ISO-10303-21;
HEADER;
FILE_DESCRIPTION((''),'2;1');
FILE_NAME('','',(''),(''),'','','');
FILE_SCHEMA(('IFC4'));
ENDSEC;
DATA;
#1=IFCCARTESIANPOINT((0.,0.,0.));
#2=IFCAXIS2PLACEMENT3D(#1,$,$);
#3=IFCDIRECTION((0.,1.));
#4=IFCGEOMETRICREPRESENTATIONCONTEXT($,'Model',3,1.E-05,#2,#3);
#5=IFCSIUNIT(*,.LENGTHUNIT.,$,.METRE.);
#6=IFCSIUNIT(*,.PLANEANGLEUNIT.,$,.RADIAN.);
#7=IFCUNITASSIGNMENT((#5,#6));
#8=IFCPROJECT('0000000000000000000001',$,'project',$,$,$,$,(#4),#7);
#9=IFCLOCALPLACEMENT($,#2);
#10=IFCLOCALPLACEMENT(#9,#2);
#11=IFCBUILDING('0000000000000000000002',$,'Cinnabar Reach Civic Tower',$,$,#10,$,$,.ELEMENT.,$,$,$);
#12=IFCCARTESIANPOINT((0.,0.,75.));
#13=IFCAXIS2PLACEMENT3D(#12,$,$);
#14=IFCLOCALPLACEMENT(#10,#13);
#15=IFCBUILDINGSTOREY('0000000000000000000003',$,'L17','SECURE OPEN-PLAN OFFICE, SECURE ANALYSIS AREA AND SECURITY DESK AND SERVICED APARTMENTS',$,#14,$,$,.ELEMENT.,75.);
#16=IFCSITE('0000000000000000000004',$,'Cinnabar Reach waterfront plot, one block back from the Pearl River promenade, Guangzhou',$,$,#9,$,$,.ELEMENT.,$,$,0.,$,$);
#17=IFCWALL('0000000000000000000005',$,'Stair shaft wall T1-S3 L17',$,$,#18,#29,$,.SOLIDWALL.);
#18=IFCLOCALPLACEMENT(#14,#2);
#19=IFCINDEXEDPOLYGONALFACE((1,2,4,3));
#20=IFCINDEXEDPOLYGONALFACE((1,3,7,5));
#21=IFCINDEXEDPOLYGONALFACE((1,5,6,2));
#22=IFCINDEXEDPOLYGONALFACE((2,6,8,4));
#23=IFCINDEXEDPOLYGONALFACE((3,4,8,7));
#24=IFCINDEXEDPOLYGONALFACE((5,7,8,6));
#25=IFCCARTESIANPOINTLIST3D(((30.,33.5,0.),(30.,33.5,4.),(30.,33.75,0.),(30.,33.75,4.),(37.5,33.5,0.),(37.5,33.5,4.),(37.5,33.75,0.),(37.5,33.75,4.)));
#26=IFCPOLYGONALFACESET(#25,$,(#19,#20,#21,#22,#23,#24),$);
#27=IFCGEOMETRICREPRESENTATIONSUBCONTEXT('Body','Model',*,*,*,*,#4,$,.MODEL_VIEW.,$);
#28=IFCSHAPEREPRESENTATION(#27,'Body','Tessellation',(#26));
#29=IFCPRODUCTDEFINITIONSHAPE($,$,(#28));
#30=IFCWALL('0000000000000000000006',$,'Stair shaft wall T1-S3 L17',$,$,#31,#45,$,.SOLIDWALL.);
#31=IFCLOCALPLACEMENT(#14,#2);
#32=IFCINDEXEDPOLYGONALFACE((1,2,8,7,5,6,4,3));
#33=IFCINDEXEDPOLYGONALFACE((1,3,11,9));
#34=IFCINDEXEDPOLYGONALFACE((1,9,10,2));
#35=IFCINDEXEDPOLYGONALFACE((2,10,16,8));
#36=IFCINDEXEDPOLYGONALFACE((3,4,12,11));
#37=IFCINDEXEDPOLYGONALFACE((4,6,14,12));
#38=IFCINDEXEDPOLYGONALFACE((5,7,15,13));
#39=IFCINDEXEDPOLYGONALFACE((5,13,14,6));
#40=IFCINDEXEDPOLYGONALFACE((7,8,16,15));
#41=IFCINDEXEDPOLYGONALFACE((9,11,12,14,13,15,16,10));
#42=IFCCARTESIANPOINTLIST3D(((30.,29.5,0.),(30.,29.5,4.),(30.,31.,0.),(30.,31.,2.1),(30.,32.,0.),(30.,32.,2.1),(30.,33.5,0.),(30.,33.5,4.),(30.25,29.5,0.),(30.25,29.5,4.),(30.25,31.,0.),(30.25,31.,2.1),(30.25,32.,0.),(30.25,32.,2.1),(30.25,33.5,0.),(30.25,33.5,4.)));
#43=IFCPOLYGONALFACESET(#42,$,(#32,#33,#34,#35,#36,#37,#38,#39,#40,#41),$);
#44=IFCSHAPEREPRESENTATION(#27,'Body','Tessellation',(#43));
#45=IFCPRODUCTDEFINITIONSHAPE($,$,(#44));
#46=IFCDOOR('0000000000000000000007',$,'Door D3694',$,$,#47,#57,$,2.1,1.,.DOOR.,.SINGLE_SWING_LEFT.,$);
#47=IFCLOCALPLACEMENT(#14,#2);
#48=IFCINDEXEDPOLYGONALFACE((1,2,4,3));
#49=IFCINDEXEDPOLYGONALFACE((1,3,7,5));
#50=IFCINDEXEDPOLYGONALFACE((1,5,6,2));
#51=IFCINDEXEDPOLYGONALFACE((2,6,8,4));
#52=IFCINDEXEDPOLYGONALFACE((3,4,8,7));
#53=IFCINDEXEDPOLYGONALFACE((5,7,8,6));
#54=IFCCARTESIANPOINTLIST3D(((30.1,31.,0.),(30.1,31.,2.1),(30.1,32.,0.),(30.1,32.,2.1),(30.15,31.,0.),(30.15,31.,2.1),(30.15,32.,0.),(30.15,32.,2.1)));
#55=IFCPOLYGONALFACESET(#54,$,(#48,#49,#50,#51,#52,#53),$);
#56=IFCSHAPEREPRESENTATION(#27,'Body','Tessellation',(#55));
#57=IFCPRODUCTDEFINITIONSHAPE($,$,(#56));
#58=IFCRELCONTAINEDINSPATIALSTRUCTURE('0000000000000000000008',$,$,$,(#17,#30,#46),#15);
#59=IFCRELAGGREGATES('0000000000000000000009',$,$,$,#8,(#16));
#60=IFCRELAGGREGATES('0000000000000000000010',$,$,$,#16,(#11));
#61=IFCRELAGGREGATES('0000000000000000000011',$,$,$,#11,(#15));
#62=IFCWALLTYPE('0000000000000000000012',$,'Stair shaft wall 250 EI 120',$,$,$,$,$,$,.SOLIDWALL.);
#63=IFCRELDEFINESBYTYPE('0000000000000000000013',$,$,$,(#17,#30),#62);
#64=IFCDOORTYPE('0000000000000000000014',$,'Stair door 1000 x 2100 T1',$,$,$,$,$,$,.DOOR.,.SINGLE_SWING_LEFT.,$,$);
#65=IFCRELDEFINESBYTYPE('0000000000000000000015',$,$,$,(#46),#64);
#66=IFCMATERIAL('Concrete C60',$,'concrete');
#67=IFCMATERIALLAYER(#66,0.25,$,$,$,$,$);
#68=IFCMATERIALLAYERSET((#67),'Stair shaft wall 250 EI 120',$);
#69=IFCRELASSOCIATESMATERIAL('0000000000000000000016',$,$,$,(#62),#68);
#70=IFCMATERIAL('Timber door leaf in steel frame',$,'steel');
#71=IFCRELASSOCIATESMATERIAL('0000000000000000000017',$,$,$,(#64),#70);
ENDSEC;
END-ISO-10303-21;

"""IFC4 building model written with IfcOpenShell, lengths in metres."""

from ifc_helpers import new_model, si_unit, direction, frame, frame_2d, origin, place, context, subcontext, project, spatial, rectangle, extrude, material, layer, layer_set, type_object, element, fill, save


model = new_model("IFC4")

# Units and contexts
model_context = context("Model", 3, precision=1e-05, world=origin(), true_north=direction((0.0, 1.0)))
body_context = subcontext(model_context, "Body", "Model", "MODEL_VIEW")
ifc_project = project(units=[si_unit("LENGTHUNIT", "METRE"), si_unit("PLANEANGLEUNIT", "RADIAN")], contexts=[model_context])

# Site, building, storey
site_placement = place(None, origin())
site = spatial("IfcSite", under=ifc_project, at=site_placement, Name="Cinnabar Reach waterfront plot, one block back from the Pearl River promenade, Guangzhou", CompositionType="ELEMENT", RefElevation=0.0)
building_placement = place(site_placement, origin())
building = spatial("IfcBuilding", under=site, at=building_placement, Name="Cinnabar Reach Civic Tower", CompositionType="ELEMENT")
storey_placement = place(building_placement, frame((0.0, 0.0, 75.0)))
storey = spatial("IfcBuildingStorey", under=building, at=storey_placement, Name="L17", Description="SECURE OPEN-PLAN OFFICE, SECURE ANALYSIS AREA AND SECURITY DESK AND SERVICED APARTMENTS", CompositionType="ELEMENT", Elevation=75.0)

# Shared definitions
ifc_material_1 = material(Name="Timber door leaf in steel frame", Category="steel")

# Wall
ifc_material_2 = material(Name="Concrete C60", Category="concrete")
ifc_layer_1 = layer(ifc_material_2, 0.25)
ifc_layer_set_1 = layer_set([ifc_layer_1], Name="Stair shaft wall 250 EI 120")
wall_type_1 = type_object("IfcWallType", Name="Stair shaft wall 250 EI 120", PredefinedType="SOLIDWALL", material=ifc_layer_set_1)
wall_1_placement = place(storey_placement, frame((37.5, 33.625, 0.0), z_axis=(0.0, 0.0, 1.0), x_axis=(-1.0, 0.0, 0.0)))
element("IfcWall", 1, at=wall_1_placement, inside=storey, type_object=wall_type_1, Name="Stair shaft wall T1-S3 L17", PredefinedType="SOLIDWALL", context=body_context, shape_type="SweptSolid", body=[
    extrude(rectangle(XDim=7.5, YDim=0.25, at=frame_2d((3.75, 0.0))), origin(), (0.0, 0.0, 1.0), 4.0),
])

# Wall, opening, door
wall_2_placement = place(storey_placement, frame((30.125, 33.5, 0.0), z_axis=(0.0, 0.0, 1.0), x_axis=(0.0, -1.0, 0.0)))
wall_2 = element("IfcWall", 2, at=wall_2_placement, inside=storey, type_object=wall_type_1, Name="Stair shaft wall T1-S3 L17", PredefinedType="SOLIDWALL", context=body_context, shape_type="SweptSolid", body=[
    extrude(rectangle(XDim=4.0, YDim=0.25, at=frame_2d((2.0, 0.0))), origin(), (0.0, 0.0, 1.0), 4.0),
])
opening_1_placement = place(wall_2_placement, frame((1.5, 0.0, 0.0)))
opening_1 = element("IfcOpeningElement", 3, at=opening_1_placement, cuts=wall_2, PredefinedType="OPENING", context=body_context, shape_type="SweptSolid", body=[
    extrude(rectangle(XDim=1.0, YDim=2.1, at=frame_2d((0.5, 1.05))), frame((0.0, 0.135, 0.0), z_axis=(0.0, -1.0, 0.0), x_axis=(1.0, 0.0, 0.0)), (0.0, 0.0, 1.0), 0.27),
])
door_type_1 = type_object("IfcDoorType", Name="Stair door 1000 x 2100 T1", OperationType="SINGLE_SWING_LEFT", PredefinedType="DOOR", material=ifc_material_1)
door_1_placement = place(opening_1_placement, origin())
door_1 = element("IfcDoor", 4, at=door_1_placement, inside=storey, type_object=door_type_1, Name="Door D3694", OperationType="SINGLE_SWING_LEFT", OverallHeight=2.1, OverallWidth=1.0, PredefinedType="DOOR", context=body_context, shape_type="SweptSolid", body=[
    extrude(rectangle(XDim=1.0, YDim=2.1, at=frame_2d((0.5, 1.05))), frame((0.0, 0.025, 0.0), z_axis=(0.0, -1.0, 0.0), x_axis=(1.0, 0.0, 0.0)), (0.0, 0.0, 1.0), 0.05),
])
fill(opening_1, door_1)

save(model, "model.ifc")
